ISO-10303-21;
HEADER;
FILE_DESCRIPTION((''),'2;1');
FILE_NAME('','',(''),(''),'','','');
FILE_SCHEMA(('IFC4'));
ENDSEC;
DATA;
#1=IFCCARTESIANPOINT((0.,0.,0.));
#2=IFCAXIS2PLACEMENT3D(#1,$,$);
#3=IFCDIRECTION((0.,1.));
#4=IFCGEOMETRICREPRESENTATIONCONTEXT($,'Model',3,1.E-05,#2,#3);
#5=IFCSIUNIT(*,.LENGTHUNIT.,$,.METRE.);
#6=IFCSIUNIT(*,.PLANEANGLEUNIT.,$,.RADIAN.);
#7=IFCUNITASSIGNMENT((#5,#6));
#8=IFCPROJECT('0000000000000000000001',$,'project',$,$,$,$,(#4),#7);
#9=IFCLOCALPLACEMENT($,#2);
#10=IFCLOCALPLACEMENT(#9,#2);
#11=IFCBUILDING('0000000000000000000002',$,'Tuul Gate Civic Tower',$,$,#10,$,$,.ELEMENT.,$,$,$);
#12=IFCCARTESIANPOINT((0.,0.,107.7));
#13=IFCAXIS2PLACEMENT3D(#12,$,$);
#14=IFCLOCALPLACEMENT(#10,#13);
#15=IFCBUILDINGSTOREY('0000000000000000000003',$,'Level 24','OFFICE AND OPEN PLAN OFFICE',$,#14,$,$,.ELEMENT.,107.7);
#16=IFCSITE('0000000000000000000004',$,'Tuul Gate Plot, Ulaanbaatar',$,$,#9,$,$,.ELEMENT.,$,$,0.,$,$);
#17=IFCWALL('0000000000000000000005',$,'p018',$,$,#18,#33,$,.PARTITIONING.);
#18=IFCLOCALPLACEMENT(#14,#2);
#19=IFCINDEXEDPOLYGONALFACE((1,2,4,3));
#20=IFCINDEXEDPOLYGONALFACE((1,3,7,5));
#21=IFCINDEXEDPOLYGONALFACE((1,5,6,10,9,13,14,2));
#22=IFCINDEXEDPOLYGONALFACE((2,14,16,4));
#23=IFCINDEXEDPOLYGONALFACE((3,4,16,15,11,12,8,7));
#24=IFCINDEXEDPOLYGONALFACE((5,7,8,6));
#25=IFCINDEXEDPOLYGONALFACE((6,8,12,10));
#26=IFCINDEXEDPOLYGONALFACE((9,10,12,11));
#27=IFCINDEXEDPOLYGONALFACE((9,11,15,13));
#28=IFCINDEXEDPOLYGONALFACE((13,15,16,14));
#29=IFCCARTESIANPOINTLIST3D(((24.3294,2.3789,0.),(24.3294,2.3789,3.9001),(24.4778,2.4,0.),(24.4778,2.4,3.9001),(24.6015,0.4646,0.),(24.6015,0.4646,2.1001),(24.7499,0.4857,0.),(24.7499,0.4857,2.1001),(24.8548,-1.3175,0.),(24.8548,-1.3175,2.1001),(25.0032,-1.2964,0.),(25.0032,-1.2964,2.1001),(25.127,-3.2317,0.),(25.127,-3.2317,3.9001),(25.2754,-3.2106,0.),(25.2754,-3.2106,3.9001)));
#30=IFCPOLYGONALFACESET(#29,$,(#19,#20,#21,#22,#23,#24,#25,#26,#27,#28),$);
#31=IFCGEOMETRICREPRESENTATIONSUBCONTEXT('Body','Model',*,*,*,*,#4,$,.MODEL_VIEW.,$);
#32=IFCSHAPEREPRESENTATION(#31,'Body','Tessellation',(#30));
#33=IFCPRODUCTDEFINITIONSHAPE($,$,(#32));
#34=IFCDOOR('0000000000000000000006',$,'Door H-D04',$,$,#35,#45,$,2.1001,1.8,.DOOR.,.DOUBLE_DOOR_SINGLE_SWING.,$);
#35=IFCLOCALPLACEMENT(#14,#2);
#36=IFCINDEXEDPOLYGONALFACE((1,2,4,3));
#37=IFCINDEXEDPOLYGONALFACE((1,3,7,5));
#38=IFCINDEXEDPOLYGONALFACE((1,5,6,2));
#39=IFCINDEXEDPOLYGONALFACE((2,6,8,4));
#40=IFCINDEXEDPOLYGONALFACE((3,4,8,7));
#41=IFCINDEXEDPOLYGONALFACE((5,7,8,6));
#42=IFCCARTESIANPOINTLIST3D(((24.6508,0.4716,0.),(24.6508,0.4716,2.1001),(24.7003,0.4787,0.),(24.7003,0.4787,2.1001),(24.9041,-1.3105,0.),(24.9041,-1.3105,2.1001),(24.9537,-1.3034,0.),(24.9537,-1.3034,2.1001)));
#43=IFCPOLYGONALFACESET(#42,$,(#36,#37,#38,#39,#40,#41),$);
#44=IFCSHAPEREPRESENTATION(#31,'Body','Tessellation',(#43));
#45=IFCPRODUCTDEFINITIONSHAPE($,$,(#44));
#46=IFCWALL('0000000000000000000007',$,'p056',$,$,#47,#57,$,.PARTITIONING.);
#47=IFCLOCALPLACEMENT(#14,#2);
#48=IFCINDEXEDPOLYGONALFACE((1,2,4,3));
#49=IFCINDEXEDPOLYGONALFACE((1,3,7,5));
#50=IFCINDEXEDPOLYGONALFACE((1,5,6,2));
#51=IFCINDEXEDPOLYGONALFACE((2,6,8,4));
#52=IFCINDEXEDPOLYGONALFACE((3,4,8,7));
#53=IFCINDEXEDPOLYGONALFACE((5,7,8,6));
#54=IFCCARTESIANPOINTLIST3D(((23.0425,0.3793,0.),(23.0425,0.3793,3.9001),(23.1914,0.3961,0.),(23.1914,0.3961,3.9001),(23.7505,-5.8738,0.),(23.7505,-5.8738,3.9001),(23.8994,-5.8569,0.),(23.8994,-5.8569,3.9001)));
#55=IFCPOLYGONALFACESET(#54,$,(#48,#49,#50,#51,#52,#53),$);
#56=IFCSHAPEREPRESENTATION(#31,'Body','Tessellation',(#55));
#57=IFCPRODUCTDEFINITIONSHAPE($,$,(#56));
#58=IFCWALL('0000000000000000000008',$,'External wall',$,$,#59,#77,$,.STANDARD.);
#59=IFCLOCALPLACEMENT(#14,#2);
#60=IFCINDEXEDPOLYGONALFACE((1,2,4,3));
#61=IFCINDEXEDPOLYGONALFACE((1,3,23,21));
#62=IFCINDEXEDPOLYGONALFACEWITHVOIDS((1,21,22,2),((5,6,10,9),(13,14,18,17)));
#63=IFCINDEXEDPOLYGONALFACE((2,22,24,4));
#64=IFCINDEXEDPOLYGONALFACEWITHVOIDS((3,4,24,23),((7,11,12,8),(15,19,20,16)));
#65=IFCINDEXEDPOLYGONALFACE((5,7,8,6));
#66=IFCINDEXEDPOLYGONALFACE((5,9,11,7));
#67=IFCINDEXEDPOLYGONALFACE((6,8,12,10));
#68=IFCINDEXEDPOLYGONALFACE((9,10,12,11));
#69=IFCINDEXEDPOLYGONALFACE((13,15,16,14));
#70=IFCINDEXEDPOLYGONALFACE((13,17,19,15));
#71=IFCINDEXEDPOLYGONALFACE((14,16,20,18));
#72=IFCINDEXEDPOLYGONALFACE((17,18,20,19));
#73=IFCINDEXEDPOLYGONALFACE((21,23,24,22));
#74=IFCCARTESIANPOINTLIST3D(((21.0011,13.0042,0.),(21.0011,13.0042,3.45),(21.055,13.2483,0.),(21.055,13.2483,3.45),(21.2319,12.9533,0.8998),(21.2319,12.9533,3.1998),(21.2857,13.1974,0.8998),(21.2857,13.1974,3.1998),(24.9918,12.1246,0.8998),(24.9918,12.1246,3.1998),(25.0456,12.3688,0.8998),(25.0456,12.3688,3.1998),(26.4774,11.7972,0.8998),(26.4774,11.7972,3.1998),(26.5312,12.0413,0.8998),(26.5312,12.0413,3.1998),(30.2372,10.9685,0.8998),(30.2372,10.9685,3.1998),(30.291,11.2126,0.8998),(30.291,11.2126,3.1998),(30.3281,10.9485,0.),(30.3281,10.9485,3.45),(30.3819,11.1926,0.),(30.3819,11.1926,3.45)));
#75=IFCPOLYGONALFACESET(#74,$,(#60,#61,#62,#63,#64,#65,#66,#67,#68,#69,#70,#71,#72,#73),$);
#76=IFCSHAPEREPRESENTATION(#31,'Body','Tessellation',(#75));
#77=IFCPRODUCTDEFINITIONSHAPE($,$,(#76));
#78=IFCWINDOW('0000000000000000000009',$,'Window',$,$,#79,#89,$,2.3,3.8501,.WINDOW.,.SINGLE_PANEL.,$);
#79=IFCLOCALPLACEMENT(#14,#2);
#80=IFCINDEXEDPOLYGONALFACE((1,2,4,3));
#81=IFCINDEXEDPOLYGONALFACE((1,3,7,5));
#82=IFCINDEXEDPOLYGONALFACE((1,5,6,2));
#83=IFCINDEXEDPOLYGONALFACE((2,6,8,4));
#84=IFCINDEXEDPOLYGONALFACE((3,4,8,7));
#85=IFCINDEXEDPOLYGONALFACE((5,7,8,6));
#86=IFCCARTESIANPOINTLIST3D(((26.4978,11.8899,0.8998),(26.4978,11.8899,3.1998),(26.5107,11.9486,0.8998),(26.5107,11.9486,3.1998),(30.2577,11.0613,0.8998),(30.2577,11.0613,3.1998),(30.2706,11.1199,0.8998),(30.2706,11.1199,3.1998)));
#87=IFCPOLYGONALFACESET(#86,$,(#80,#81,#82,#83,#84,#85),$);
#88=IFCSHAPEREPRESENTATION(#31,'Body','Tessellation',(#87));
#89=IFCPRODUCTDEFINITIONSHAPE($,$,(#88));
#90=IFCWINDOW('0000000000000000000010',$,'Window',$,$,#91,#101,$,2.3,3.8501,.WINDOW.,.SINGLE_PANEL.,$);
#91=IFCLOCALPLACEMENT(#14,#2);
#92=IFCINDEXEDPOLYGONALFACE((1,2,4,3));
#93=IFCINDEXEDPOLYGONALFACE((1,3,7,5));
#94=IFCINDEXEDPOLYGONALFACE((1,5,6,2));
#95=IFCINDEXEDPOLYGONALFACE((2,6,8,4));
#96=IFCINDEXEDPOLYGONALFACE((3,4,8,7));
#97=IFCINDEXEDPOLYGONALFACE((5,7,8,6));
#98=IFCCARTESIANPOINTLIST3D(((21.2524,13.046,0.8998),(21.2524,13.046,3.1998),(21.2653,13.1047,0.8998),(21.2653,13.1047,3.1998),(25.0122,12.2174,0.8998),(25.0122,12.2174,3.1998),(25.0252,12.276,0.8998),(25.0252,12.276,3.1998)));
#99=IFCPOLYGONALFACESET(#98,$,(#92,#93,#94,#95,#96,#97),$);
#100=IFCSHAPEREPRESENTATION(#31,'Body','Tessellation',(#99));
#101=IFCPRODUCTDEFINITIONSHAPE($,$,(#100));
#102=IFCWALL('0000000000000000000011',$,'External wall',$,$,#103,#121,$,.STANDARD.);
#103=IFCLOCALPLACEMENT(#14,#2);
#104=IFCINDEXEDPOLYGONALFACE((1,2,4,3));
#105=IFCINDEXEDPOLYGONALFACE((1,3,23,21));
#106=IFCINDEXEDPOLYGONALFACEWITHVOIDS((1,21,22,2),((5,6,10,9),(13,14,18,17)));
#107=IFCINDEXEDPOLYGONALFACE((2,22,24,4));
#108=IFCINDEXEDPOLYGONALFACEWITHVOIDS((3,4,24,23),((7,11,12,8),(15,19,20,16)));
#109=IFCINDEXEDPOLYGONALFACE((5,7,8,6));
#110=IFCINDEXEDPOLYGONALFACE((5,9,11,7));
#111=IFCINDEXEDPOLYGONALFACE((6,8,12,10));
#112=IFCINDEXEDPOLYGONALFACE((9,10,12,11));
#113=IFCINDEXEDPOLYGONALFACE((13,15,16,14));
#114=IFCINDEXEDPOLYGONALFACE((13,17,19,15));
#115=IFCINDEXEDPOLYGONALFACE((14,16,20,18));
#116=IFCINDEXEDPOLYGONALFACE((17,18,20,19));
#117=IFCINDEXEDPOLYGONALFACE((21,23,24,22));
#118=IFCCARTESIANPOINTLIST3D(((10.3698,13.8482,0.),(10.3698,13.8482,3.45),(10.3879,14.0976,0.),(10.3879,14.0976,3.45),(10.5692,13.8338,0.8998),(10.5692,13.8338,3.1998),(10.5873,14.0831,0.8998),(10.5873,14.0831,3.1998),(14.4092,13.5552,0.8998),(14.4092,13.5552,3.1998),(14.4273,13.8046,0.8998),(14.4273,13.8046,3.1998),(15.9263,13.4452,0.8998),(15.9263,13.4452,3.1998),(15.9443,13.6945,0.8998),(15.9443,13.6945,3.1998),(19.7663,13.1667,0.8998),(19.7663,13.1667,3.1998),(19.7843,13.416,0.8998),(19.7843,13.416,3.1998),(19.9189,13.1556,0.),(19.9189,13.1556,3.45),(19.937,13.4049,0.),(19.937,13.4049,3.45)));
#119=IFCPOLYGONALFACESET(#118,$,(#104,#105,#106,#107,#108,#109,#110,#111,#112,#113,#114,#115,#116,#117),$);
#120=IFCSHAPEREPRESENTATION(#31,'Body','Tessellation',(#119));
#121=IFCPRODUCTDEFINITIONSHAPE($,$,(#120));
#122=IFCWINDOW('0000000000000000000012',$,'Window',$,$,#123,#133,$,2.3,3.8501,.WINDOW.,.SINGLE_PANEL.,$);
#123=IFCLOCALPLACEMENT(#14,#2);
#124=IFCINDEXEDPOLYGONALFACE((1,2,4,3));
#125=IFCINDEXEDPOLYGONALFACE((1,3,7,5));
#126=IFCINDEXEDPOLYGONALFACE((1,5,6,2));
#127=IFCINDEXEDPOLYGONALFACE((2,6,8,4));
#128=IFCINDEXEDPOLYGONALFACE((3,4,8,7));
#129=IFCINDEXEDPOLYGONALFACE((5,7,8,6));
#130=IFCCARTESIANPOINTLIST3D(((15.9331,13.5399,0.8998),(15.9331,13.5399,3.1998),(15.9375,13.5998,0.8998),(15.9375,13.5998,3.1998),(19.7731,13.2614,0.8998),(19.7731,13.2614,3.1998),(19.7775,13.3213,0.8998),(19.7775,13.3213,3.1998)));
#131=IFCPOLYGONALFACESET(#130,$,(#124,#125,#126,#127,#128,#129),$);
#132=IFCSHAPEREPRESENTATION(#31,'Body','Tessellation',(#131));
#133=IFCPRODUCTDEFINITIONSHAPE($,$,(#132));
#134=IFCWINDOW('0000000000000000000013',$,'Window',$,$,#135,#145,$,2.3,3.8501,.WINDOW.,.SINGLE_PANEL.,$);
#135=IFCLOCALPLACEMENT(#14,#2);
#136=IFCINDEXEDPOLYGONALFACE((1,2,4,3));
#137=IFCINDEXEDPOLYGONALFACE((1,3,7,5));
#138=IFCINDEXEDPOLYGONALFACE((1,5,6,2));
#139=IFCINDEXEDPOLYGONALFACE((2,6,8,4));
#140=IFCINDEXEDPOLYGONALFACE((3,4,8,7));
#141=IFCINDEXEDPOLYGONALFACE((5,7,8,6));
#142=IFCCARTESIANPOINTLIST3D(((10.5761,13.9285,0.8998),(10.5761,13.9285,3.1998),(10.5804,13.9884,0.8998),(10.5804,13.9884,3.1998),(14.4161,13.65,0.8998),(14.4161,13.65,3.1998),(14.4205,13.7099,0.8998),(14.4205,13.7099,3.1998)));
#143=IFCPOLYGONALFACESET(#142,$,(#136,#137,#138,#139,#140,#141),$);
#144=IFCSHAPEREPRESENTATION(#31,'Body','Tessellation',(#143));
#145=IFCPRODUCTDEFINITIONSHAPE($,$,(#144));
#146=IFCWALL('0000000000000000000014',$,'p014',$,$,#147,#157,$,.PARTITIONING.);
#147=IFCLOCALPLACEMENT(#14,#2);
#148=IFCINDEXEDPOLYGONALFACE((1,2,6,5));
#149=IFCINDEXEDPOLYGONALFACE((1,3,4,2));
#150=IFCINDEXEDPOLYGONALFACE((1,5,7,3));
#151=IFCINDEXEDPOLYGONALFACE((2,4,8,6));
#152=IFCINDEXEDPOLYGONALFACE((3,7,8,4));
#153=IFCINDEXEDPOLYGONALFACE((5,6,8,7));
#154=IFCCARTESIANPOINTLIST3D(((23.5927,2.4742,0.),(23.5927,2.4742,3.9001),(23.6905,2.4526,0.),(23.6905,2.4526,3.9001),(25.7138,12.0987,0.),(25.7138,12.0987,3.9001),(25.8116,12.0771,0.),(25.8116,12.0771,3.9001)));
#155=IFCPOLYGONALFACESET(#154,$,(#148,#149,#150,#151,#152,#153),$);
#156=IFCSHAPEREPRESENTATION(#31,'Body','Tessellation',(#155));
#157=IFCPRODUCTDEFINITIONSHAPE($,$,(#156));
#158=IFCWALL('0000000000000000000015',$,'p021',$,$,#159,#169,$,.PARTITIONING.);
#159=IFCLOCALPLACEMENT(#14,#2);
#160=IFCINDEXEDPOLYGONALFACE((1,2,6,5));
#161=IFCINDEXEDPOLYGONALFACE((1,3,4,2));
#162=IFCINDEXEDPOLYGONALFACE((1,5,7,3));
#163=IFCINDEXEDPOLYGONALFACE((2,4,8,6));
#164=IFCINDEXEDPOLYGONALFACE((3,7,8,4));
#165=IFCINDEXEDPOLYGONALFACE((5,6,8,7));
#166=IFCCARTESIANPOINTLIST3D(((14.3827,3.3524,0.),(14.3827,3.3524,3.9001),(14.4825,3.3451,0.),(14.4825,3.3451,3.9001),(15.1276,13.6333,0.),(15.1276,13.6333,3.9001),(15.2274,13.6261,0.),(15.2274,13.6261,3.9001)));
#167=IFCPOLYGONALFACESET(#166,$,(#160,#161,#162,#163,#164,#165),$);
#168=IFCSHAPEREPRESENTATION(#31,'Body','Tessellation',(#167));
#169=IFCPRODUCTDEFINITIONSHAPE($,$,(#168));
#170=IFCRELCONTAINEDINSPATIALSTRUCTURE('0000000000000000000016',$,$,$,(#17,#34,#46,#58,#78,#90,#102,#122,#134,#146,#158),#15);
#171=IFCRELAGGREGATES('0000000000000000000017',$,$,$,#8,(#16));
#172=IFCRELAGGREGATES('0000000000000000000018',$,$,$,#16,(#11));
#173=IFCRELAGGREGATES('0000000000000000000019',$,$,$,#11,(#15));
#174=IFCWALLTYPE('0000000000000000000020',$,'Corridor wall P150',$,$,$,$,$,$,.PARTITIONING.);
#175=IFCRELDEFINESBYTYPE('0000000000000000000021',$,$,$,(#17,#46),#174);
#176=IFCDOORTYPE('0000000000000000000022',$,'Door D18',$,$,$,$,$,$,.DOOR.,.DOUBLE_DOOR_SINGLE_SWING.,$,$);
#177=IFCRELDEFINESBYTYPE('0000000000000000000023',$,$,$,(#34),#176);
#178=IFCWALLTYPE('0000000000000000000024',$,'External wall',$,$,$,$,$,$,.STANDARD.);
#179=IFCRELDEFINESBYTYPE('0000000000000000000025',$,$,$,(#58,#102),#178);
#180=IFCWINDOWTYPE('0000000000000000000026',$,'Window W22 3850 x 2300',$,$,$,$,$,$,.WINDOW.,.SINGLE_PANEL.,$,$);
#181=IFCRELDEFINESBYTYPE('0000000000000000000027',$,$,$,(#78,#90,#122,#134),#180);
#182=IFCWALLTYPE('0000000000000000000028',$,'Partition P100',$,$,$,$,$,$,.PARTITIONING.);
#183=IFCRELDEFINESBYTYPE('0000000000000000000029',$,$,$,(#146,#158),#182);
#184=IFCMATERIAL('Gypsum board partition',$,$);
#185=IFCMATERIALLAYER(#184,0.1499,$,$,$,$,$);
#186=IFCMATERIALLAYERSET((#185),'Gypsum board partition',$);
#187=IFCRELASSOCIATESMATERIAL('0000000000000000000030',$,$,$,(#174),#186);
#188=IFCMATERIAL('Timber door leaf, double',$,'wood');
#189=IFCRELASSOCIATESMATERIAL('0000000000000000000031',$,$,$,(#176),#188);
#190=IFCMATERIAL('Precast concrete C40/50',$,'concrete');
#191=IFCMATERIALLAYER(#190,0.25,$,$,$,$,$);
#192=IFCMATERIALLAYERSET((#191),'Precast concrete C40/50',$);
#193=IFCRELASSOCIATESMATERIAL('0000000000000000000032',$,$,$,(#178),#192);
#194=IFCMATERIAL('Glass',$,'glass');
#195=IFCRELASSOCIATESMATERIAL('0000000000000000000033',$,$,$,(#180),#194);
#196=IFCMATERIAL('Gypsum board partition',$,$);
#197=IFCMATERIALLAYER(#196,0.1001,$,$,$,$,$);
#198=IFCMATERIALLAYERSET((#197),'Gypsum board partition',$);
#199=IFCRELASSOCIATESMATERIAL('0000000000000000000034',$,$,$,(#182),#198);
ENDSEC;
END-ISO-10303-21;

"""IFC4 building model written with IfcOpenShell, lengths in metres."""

from ifc_helpers import new_model, si_unit, direction, frame, frame_2d, origin, place, context, subcontext, project, spatial, rectangle, extrude, material, layer, layer_set, type_object, element, fill, save


model = new_model("IFC4")

# Units and contexts
model_context = context("Model", 3, precision=1e-05, world=origin(), true_north=direction((0.0, 1.0)))
body_context = subcontext(model_context, "Body", "Model", "MODEL_VIEW")
ifc_project = project(units=[si_unit("LENGTHUNIT", "METRE"), si_unit("PLANEANGLEUNIT", "RADIAN")], contexts=[model_context])

# Site, building, storey
site_placement = place(None, origin())
site = spatial("IfcSite", under=ifc_project, at=site_placement, Name="Tuul Gate Plot, Ulaanbaatar", CompositionType="ELEMENT", RefElevation=0.0)
building_placement = place(site_placement, origin())
building = spatial("IfcBuilding", under=site, at=building_placement, Name="Tuul Gate Civic Tower", CompositionType="ELEMENT")
storey_placement = place(building_placement, frame((0.0, 0.0, 107.7)))
storey = spatial("IfcBuildingStorey", under=building, at=storey_placement, Name="Level 24", Description="OFFICE AND OPEN PLAN OFFICE", CompositionType="ELEMENT", Elevation=107.7)

# Shared definitions
ifc_material_1 = material(Name="Gypsum board partition")
ifc_layer_1 = layer(ifc_material_1, 0.1499)
ifc_layer_set_1 = layer_set([ifc_layer_1], Name="Gypsum board partition")
wall_type_1 = type_object("IfcWallType", Name="Corridor wall P150", PredefinedType="PARTITIONING", material=ifc_layer_set_1)

# Wall, opening, door
wall_1_placement = place(storey_placement, frame((24.4036, 2.3894, 0.0), z_axis=(0.0, 0.0, 1.0), x_axis=(0.140746, -0.990046, 0.0)))
wall_1 = element("IfcWall", 1, at=wall_1_placement, inside=storey, type_object=wall_type_1, Name="p018", PredefinedType="PARTITIONING", context=body_context, shape_type="SweptSolid", body=[
    extrude(rectangle(XDim=5.667, YDim=0.1499, at=frame_2d((2.8335, 0.0))), origin(), (0.0, 0.0, 1.0), 3.9001),
])
opening_1_placement = place(wall_1_placement, frame((1.9336, 0.0, 0.0)))
opening_1 = element("IfcOpeningElement", 2, at=opening_1_placement, cuts=wall_1, PredefinedType="OPENING", context=body_context, shape_type="SweptSolid", body=[
    extrude(rectangle(XDim=1.8, YDim=2.1001, at=frame_2d((0.8999, 1.05))), frame((0.0, 0.085, 0.0), z_axis=(0.0, -1.0, 0.0), x_axis=(1.0, 0.0, 0.0)), (0.0, 0.0, 1.0), 0.1699),
])
ifc_material_2 = material(Name="Timber door leaf, double", Category="wood")
door_type_1 = type_object("IfcDoorType", Name="Door D18", OperationType="DOUBLE_DOOR_SINGLE_SWING", PredefinedType="DOOR", material=ifc_material_2)
door_1_placement = place(opening_1_placement, origin())
door_1 = element("IfcDoor", 3, at=door_1_placement, inside=storey, type_object=door_type_1, Name="Door H-D04", OperationType="DOUBLE_DOOR_SINGLE_SWING", OverallHeight=2.1001, OverallWidth=1.8, PredefinedType="DOOR", context=body_context, shape_type="SweptSolid", body=[
    extrude(rectangle(XDim=1.8, YDim=2.1001, at=frame_2d((0.8999, 1.05))), frame((0.0, 0.0249, 0.0), z_axis=(0.0, -1.0, 0.0), x_axis=(1.0, 0.0, 0.0)), (0.0, 0.0, 1.0), 0.05),
])
fill(opening_1, door_1)

# Wall
wall_2_placement = place(storey_placement, frame((23.1169, 0.3877, 0.0), z_axis=(0.0, 0.0, 1.0), x_axis=(0.112509, -0.993651, 0.0)))
element("IfcWall", 4, at=wall_2_placement, inside=storey, type_object=wall_type_1, Name="p056", PredefinedType="PARTITIONING", context=body_context, shape_type="SweptSolid", body=[
    extrude(rectangle(XDim=6.293, YDim=0.1499, at=frame_2d((3.1465, 0.0))), origin(), (0.0, 0.0, 1.0), 3.9001),
])

# Walls, openings, windows
ifc_material_3 = material(Name="Precast concrete C40/50", Category="concrete")
ifc_layer_2 = layer(ifc_material_3, 0.25)
ifc_layer_set_2 = layer_set([ifc_layer_2], Name="Precast concrete C40/50")
wall_type_2 = type_object("IfcWallType", Name="External wall", PredefinedType="STANDARD", material=ifc_layer_set_2)
wall_3_placement = place(storey_placement, frame((30.355, 11.0706, 0.0), z_axis=(0.0, 0.0, 1.0), x_axis=(-0.976562, 0.215236, 0.0)))
wall_3 = element("IfcWall", 5, at=wall_3_placement, inside=storey, type_object=wall_type_2, Name="External wall", PredefinedType="STANDARD", context=body_context, shape_type="SweptSolid", body=[
    extrude(rectangle(XDim=9.5508, YDim=0.25, at=frame_2d((4.7754, 0.0))), origin(), (0.0, 0.0, 1.0), 3.45),
])
opening_2_placement = place(wall_3_placement, frame((0.093, 0.0, 0.8999)))
opening_2 = element("IfcOpeningElement", 6, at=opening_2_placement, cuts=wall_3, PredefinedType="OPENING", context=body_context, shape_type="SweptSolid", body=[
    extrude(rectangle(XDim=3.8501, YDim=2.3, at=frame_2d((1.925, 1.1499))), frame((0.0, 0.135, 0.0), z_axis=(0.0, -1.0, 0.0), x_axis=(1.0, 0.0, 0.0)), (0.0, 0.0, 1.0), 0.27),
])
opening_3_placement = place(wall_3_placement, frame((5.4644, 0.0, 0.8999)))
opening_3 = element("IfcOpeningElement", 7, at=opening_3_placement, cuts=wall_3, PredefinedType="OPENING", context=body_context, shape_type="SweptSolid", body=[
    extrude(rectangle(XDim=3.8501, YDim=2.3, at=frame_2d((1.925, 1.1499))), frame((0.0, 0.135, 0.0), z_axis=(0.0, -1.0, 0.0), x_axis=(1.0, 0.0, 0.0)), (0.0, 0.0, 1.0), 0.27),
])
ifc_material_4 = material(Name="Glass", Category="glass")
window_type = type_object("IfcWindowType", Name="Window W22 3850 x 2300", PartitioningType="SINGLE_PANEL", PredefinedType="WINDOW", material=ifc_material_4)
window_1_placement = place(opening_2_placement, origin())
window_1 = element("IfcWindow", 8, at=window_1_placement, inside=storey, type_object=window_type, Name="Window", OverallHeight=2.3, OverallWidth=3.8501, PartitioningType="SINGLE_PANEL", PredefinedType="WINDOW", context=body_context, shape_type="SweptSolid", body=[
    extrude(rectangle(XDim=3.8501, YDim=2.3, at=frame_2d((1.925, 1.1499))), frame((0.0, 0.03, 0.0), z_axis=(0.0, -1.0, 0.0), x_axis=(1.0, 0.0, 0.0)), (0.0, 0.0, 1.0), 0.0601),
])
fill(opening_2, window_1)
window_2_placement = place(opening_3_placement, origin())
window_2 = element("IfcWindow", 9, at=window_2_placement, inside=storey, type_object=window_type, Name="Window", OverallHeight=2.3, OverallWidth=3.8501, PartitioningType="SINGLE_PANEL", PredefinedType="WINDOW", context=body_context, shape_type="SweptSolid", body=[
    extrude(rectangle(XDim=3.8501, YDim=2.3, at=frame_2d((1.925, 1.1499))), frame((0.0, 0.03, 0.0), z_axis=(0.0, -1.0, 0.0), x_axis=(1.0, 0.0, 0.0)), (0.0, 0.0, 1.0), 0.0601),
])
fill(opening_3, window_2)
wall_4_placement = place(storey_placement, frame((19.928, 13.2803, 0.0), z_axis=(0.0, 0.0, 1.0), x_axis=(-0.99738, 0.072343, 0.0)))
wall_4 = element("IfcWall", 10, at=wall_4_placement, inside=storey, type_object=wall_type_2, Name="External wall", PredefinedType="STANDARD", context=body_context, shape_type="SweptSolid", body=[
    extrude(rectangle(XDim=9.5742, YDim=0.25, at=frame_2d((4.7871, 0.0))), origin(), (0.0, 0.0, 1.0), 3.45),
])
opening_4_placement = place(wall_4_placement, frame((0.1531, 0.0, 0.8999)))
opening_4 = element("IfcOpeningElement", 11, at=opening_4_placement, cuts=wall_4, PredefinedType="OPENING", context=body_context, shape_type="SweptSolid", body=[
    extrude(rectangle(XDim=3.8501, YDim=2.3, at=frame_2d((1.925, 1.1499))), frame((0.0, 0.135, 0.0), z_axis=(0.0, -1.0, 0.0), x_axis=(1.0, 0.0, 0.0)), (0.0, 0.0, 1.0), 0.27),
])
opening_5_placement = place(wall_4_placement, frame((5.5242, 0.0, 0.8999)))
opening_5 = element("IfcOpeningElement", 12, at=opening_5_placement, cuts=wall_4, PredefinedType="OPENING", context=body_context, shape_type="SweptSolid", body=[
    extrude(rectangle(XDim=3.8501, YDim=2.3, at=frame_2d((1.925, 1.1499))), frame((0.0, 0.135, 0.0), z_axis=(0.0, -1.0, 0.0), x_axis=(1.0, 0.0, 0.0)), (0.0, 0.0, 1.0), 0.27),
])
window_3_placement = place(opening_4_placement, origin())
window_3 = element("IfcWindow", 13, at=window_3_placement, inside=storey, type_object=window_type, Name="Window", OverallHeight=2.3, OverallWidth=3.8501, PartitioningType="SINGLE_PANEL", PredefinedType="WINDOW", context=body_context, shape_type="SweptSolid", body=[
    extrude(rectangle(XDim=3.8501, YDim=2.3, at=frame_2d((1.925, 1.1499))), frame((0.0, 0.03, 0.0), z_axis=(0.0, -1.0, 0.0), x_axis=(1.0, 0.0, 0.0)), (0.0, 0.0, 1.0), 0.0601),
])
fill(opening_4, window_3)
window_4_placement = place(opening_5_placement, origin())
window_4 = element("IfcWindow", 14, at=window_4_placement, inside=storey, type_object=window_type, Name="Window", OverallHeight=2.3, OverallWidth=3.8501, PartitioningType="SINGLE_PANEL", PredefinedType="WINDOW", context=body_context, shape_type="SweptSolid", body=[
    extrude(rectangle(XDim=3.8501, YDim=2.3, at=frame_2d((1.925, 1.1499))), frame((0.0, 0.03, 0.0), z_axis=(0.0, -1.0, 0.0), x_axis=(1.0, 0.0, 0.0)), (0.0, 0.0, 1.0), 0.0601),
])
fill(opening_5, window_4)

# Walls
ifc_material_5 = material(Name="Gypsum board partition")
ifc_layer_3 = layer(ifc_material_5, 0.1001)
ifc_layer_set_3 = layer_set([ifc_layer_3], Name="Gypsum board partition")
wall_type_3 = type_object("IfcWallType", Name="Partition P100", PredefinedType="PARTITIONING", material=ifc_layer_set_3)
wall_5_placement = place(storey_placement, frame((23.6416, 2.4634, 0.0), z_axis=(0.0, 0.0, 1.0), x_axis=(0.21522, 0.976566, 0.0)))
element("IfcWall", 15, at=wall_5_placement, inside=storey, type_object=wall_type_3, Name="p014", PredefinedType="PARTITIONING", context=body_context, shape_type="SweptSolid", body=[
    extrude(rectangle(XDim=9.8555, YDim=0.1001, at=frame_2d((4.9277, 0.0))), origin(), (0.0, 0.0, 1.0), 3.9001),
])
wall_6_placement = place(storey_placement, frame((14.4326, 3.3489, 0.0), z_axis=(0.0, 0.0, 1.0), x_axis=(0.072262, 0.997386, 0.0)))
element("IfcWall", 16, at=wall_6_placement, inside=storey, type_object=wall_type_3, Name="p021", PredefinedType="PARTITIONING", context=body_context, shape_type="SweptSolid", body=[
    extrude(rectangle(XDim=10.3079, YDim=0.1001, at=frame_2d((5.1538, 0.0))), origin(), (0.0, 0.0, 1.0), 3.9001),
])

save(model, "model.ifc")
